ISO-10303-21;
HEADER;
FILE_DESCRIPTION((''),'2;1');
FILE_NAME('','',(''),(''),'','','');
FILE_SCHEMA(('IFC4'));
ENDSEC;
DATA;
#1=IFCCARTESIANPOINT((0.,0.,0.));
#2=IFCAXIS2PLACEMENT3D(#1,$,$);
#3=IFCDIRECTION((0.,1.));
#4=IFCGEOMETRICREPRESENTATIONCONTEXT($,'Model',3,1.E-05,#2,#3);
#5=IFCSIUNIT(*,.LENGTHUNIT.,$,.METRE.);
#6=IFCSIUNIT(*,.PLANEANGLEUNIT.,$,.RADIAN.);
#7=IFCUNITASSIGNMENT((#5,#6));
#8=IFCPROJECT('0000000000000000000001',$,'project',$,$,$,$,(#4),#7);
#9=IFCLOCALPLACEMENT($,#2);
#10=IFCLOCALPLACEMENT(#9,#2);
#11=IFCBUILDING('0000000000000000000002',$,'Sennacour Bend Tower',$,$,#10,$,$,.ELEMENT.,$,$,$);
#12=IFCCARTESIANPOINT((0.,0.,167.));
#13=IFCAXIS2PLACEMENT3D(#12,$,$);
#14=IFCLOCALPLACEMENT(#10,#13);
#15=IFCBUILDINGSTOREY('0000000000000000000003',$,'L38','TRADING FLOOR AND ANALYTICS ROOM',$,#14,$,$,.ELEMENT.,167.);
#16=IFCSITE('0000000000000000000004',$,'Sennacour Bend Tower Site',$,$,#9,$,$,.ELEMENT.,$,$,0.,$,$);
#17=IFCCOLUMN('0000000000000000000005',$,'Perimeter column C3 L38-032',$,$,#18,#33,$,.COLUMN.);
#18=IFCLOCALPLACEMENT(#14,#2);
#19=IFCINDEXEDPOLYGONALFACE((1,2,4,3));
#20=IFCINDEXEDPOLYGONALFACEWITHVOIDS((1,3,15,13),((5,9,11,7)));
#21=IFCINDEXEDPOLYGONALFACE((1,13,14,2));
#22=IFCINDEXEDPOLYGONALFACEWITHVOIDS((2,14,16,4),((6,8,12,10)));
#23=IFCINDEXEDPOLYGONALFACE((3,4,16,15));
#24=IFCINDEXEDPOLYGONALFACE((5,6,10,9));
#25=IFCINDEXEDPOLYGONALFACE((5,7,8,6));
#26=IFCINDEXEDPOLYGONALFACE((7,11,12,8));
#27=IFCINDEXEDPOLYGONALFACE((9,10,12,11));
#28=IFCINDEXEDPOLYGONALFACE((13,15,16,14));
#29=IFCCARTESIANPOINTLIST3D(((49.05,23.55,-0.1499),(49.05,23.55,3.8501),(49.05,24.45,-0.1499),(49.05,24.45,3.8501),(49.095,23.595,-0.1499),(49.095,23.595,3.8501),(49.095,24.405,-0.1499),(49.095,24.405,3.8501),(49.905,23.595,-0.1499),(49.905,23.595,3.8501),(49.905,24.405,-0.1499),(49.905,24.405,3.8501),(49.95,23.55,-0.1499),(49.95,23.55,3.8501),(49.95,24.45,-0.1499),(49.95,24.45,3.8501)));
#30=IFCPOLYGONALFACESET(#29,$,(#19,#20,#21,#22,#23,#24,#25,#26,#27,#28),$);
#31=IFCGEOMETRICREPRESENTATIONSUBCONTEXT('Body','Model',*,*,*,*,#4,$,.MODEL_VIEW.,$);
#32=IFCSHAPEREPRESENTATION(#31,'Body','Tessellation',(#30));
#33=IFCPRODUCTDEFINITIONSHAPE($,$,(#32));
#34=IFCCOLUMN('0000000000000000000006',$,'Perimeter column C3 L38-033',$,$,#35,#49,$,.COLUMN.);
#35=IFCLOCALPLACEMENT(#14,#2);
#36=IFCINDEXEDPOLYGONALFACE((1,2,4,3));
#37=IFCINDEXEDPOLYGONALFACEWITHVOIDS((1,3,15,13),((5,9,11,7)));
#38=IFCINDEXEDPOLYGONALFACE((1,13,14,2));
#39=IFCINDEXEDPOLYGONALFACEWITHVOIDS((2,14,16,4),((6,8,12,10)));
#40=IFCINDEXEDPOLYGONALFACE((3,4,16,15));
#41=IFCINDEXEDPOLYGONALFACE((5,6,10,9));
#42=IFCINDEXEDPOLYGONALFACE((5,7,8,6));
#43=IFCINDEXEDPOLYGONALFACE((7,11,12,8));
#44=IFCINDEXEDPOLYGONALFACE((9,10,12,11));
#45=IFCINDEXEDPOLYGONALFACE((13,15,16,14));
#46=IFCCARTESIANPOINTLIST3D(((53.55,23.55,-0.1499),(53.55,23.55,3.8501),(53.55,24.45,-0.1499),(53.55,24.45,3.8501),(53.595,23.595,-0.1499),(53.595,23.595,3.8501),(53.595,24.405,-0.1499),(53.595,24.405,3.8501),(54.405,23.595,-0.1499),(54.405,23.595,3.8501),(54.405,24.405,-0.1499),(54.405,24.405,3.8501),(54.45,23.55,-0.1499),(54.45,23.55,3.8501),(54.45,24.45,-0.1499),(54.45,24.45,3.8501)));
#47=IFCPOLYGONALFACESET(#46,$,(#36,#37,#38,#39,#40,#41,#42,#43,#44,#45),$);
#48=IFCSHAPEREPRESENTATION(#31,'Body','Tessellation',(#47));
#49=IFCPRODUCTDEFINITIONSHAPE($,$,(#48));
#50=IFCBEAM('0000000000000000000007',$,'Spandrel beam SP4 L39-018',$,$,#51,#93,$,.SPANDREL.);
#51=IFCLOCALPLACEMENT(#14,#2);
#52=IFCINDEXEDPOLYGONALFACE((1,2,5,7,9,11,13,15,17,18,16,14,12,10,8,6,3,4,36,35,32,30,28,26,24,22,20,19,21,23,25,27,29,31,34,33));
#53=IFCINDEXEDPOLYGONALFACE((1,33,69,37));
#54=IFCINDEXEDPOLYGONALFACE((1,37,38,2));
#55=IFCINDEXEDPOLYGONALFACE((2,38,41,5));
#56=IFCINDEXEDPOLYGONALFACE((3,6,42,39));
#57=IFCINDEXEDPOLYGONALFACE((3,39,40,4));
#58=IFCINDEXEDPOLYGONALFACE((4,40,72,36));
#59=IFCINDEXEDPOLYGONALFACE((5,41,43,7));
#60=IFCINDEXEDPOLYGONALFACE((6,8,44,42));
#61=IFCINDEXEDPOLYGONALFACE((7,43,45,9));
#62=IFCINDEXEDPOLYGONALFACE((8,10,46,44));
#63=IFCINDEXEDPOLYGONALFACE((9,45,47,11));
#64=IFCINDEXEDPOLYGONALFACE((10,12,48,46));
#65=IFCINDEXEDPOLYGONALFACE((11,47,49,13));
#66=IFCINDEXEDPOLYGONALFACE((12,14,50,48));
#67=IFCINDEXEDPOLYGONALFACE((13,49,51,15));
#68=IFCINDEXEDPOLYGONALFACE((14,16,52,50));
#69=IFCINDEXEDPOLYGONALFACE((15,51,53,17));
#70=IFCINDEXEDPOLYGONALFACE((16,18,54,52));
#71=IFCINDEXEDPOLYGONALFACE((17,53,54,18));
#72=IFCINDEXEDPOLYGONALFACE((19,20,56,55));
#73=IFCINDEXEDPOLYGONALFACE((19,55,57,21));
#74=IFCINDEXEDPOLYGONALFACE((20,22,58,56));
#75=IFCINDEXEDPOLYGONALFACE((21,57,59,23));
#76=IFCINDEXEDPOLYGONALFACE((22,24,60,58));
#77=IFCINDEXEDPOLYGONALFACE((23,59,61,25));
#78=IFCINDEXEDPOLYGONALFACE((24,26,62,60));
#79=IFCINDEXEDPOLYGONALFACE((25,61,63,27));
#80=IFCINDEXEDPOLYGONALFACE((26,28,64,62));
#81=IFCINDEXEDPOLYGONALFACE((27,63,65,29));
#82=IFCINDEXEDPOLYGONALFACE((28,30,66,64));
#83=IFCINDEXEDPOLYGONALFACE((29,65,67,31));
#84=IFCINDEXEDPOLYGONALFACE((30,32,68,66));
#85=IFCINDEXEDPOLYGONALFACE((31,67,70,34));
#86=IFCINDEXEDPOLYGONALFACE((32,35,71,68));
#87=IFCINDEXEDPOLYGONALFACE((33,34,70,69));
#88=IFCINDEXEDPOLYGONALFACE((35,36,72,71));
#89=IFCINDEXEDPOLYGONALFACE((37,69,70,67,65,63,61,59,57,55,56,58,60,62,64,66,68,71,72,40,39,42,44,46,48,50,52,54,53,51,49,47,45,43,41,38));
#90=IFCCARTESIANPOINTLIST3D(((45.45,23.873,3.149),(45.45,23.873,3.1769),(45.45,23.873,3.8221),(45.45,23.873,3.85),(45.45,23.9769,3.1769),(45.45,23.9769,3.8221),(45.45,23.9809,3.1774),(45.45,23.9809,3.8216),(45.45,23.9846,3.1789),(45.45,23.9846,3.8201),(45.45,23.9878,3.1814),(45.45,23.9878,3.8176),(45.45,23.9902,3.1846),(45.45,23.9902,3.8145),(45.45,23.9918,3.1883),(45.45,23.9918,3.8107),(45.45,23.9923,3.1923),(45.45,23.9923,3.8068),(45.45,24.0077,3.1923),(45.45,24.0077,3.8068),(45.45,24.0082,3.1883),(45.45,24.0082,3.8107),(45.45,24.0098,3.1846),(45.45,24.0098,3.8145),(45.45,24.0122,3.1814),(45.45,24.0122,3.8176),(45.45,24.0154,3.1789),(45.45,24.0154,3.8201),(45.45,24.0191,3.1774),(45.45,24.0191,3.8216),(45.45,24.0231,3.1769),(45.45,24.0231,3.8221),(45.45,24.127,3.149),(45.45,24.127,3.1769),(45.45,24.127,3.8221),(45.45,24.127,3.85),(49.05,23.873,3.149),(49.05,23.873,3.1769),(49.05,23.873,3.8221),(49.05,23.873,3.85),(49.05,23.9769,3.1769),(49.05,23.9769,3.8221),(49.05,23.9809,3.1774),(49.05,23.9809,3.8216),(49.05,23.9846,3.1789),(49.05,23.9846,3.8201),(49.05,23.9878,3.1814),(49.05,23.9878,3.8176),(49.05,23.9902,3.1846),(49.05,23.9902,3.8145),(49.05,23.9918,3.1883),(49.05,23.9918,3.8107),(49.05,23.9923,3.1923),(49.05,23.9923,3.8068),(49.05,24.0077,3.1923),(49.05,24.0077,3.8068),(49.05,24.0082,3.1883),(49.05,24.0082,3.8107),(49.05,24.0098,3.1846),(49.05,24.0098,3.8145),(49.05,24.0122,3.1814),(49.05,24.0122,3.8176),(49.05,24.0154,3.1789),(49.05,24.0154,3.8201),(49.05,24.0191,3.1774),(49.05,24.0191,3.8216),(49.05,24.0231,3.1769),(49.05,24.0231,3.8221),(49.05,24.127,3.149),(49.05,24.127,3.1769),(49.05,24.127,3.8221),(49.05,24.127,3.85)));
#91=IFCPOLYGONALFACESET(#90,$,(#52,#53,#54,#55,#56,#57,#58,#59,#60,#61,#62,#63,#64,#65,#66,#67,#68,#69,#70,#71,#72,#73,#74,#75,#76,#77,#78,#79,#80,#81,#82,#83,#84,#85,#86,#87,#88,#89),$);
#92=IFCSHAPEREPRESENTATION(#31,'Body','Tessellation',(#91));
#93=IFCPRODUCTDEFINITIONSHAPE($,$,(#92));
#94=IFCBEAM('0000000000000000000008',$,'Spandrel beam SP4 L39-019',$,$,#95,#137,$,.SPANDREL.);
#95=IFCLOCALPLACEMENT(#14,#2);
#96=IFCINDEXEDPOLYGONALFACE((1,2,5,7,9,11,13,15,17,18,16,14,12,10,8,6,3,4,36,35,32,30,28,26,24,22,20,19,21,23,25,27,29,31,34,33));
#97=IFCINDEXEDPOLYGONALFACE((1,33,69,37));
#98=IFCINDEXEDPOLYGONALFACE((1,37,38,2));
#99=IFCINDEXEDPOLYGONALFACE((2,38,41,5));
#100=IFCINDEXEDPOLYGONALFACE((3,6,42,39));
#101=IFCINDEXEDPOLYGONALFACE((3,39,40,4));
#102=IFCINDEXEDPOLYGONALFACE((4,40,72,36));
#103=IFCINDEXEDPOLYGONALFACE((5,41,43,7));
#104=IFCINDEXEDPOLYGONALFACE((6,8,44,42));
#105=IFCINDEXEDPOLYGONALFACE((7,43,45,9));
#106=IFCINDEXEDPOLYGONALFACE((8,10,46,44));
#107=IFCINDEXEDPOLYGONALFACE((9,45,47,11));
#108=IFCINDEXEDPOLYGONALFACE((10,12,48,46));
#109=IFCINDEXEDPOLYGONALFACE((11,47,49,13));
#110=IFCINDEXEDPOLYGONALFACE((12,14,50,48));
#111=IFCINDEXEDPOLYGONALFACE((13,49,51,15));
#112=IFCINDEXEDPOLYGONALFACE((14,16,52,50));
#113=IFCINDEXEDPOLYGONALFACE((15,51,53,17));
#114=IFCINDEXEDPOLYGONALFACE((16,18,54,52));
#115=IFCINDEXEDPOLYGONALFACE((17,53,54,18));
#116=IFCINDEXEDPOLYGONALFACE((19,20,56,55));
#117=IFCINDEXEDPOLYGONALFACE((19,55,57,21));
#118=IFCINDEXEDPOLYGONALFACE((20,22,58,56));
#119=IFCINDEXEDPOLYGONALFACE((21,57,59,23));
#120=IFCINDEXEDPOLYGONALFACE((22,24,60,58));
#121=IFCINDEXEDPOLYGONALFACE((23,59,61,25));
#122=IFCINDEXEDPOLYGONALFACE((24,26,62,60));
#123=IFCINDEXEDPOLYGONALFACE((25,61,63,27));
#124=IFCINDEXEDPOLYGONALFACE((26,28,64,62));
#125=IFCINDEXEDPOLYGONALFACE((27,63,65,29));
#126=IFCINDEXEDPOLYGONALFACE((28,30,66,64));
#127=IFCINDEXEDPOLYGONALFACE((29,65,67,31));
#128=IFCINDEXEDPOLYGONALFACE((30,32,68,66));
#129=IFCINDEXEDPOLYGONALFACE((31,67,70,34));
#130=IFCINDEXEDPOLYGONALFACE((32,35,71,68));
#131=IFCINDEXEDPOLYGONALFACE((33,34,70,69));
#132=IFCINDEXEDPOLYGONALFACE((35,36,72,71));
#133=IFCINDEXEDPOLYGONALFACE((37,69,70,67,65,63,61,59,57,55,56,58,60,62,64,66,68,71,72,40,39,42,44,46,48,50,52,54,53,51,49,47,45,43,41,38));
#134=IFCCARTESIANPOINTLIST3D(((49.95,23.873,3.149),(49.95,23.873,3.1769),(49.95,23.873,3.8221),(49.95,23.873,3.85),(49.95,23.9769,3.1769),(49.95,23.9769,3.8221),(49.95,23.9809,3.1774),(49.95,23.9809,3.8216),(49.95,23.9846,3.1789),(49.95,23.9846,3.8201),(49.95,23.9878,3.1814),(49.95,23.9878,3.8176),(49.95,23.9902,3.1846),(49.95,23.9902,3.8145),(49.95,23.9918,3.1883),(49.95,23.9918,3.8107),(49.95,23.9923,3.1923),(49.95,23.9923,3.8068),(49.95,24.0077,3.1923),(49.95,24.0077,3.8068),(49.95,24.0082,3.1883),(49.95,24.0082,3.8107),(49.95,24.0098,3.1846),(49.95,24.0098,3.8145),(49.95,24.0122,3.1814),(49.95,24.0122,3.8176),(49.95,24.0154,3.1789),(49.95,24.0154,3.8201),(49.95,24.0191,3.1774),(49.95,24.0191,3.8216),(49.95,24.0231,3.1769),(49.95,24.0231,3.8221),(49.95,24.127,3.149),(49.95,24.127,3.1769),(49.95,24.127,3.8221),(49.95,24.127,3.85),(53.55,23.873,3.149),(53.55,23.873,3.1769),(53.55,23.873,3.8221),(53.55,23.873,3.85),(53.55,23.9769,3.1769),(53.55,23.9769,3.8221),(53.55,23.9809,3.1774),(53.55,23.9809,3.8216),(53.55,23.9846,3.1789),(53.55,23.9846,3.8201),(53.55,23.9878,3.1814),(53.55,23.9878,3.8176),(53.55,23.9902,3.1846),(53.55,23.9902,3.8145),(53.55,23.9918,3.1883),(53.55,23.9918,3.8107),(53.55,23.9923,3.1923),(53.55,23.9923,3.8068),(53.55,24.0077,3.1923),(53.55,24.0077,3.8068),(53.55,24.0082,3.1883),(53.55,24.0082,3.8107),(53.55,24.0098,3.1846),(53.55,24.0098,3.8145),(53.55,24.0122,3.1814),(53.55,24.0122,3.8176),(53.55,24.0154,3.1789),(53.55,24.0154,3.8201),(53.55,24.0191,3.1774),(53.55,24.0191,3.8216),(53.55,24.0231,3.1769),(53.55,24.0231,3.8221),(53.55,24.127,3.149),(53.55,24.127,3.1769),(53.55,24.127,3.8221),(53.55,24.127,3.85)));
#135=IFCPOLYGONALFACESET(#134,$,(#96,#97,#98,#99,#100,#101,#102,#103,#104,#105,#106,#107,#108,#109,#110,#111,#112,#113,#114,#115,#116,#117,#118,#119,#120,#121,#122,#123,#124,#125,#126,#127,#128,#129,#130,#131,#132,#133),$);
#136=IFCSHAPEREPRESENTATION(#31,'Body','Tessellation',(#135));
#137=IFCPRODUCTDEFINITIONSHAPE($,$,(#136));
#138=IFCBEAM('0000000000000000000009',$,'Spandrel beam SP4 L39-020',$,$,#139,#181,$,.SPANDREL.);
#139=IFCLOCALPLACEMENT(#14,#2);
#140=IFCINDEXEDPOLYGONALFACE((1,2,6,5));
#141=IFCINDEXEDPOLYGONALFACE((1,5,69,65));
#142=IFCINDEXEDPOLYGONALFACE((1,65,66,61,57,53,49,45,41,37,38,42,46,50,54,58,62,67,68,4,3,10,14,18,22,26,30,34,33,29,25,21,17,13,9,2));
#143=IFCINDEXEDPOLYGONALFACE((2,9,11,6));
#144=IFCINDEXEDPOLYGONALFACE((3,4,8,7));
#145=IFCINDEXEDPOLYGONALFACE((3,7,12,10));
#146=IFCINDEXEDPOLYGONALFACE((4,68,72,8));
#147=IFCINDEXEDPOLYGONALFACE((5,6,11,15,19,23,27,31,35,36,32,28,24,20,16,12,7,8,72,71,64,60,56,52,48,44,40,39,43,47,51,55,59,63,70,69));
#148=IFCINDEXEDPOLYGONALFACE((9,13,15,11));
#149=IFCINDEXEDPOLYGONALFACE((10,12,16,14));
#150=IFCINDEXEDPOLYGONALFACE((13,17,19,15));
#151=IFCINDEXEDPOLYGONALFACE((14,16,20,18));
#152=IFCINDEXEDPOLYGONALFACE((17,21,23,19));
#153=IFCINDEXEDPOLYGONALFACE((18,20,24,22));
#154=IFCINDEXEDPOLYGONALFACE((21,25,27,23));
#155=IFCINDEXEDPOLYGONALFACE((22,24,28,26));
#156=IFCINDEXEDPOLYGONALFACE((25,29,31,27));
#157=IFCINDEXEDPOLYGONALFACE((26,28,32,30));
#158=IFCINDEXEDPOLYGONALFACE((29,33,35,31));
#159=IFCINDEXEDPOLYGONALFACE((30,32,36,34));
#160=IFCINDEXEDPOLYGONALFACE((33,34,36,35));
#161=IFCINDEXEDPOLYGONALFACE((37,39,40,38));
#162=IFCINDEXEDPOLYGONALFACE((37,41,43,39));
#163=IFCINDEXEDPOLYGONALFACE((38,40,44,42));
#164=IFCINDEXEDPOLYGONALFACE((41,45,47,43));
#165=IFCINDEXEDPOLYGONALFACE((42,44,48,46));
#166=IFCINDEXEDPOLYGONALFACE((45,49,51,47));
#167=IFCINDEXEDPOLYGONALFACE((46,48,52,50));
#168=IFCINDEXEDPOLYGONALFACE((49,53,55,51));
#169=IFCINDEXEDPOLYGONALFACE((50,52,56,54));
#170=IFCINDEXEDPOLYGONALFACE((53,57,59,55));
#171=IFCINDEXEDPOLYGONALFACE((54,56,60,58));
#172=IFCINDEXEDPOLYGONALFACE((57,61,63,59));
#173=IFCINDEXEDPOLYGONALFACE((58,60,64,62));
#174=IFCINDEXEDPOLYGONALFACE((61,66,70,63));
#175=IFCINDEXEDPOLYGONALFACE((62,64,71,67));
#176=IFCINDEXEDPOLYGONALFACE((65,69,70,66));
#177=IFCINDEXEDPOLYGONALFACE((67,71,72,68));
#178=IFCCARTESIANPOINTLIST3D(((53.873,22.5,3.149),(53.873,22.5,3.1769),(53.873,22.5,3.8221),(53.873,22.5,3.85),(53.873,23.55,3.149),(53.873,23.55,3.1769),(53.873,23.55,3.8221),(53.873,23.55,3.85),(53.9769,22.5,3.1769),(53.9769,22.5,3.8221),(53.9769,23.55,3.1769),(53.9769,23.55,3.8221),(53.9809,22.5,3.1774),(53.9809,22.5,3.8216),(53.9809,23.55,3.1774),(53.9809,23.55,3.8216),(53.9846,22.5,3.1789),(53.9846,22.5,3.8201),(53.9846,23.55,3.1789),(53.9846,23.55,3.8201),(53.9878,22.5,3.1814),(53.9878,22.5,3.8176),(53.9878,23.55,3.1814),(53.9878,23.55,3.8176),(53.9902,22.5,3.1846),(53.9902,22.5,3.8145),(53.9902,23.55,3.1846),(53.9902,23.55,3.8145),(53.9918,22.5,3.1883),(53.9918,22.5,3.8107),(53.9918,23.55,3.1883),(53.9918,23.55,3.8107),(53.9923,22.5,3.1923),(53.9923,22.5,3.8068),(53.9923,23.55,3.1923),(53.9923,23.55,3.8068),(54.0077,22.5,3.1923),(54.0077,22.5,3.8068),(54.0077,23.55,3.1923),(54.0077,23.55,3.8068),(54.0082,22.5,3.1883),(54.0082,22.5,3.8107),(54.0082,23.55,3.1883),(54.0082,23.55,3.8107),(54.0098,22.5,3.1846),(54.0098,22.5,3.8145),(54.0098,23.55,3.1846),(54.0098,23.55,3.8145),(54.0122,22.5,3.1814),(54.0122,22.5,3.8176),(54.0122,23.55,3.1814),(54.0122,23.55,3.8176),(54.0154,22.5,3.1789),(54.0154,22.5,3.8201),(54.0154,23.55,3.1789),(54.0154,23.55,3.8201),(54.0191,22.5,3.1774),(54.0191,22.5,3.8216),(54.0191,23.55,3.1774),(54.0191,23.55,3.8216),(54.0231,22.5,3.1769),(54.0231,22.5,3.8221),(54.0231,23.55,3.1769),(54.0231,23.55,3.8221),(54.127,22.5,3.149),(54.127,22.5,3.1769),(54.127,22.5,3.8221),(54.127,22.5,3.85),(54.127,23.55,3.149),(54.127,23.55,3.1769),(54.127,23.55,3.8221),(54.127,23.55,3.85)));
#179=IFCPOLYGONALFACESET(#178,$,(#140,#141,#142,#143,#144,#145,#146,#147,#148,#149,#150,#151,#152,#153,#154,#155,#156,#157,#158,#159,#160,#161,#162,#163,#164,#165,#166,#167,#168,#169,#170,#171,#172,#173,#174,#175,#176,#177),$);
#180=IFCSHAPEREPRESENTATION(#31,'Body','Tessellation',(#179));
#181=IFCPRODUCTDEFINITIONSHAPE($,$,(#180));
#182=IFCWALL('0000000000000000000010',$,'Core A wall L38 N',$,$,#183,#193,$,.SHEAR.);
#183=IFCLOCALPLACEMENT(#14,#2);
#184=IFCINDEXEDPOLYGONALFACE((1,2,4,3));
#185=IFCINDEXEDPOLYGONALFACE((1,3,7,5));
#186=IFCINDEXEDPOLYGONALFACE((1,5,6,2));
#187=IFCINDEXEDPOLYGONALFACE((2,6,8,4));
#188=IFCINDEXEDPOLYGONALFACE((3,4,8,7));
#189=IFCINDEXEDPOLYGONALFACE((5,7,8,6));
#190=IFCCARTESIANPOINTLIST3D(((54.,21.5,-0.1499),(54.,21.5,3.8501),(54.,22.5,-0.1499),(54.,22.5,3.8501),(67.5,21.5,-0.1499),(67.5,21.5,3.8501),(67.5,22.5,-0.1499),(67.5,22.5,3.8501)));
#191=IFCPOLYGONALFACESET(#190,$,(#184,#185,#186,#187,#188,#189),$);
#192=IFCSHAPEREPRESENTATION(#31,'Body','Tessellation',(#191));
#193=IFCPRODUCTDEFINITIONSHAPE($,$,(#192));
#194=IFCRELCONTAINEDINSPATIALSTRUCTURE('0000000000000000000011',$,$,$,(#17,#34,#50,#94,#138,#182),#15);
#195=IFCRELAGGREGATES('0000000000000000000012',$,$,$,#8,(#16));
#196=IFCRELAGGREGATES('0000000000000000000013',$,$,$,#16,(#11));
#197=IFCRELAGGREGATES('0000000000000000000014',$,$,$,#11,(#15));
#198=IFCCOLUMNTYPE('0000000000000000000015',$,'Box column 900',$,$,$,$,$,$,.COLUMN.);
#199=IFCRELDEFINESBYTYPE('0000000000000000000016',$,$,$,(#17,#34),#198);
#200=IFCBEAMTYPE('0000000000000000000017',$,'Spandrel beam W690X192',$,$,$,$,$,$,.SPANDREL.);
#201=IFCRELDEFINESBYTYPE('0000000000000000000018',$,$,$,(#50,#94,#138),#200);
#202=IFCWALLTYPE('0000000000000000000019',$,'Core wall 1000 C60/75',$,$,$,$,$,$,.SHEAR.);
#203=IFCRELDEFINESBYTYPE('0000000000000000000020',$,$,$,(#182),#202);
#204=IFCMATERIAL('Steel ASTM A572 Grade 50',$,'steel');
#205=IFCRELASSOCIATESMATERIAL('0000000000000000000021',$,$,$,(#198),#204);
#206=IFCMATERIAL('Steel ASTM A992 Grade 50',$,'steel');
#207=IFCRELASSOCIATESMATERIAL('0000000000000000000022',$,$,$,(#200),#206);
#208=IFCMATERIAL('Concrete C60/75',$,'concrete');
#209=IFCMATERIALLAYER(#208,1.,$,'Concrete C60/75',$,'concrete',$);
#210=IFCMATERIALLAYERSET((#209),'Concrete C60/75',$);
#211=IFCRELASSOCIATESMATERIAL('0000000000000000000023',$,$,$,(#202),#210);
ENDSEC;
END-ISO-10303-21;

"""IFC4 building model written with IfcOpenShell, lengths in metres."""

from ifc_helpers import new_model, si_unit, direction, frame, frame_2d, origin, origin_2d, place, context, subcontext, project, spatial, rectangle, hollow_rectangle, i_section, extrude, material, layer, layer_set, material_profile, profile_set, type_object, element, save


model = new_model("IFC4")

# Units and contexts
model_context = context("Model", 3, precision=1e-05, world=origin(), true_north=direction((0.0, 1.0)))
body_context = subcontext(model_context, "Body", "Model", "MODEL_VIEW")
ifc_project = project(units=[si_unit("LENGTHUNIT", "METRE"), si_unit("PLANEANGLEUNIT", "RADIAN")], contexts=[model_context])

# Site, building, storey
site_placement = place(None, origin())
site = spatial("IfcSite", under=ifc_project, at=site_placement, Name="Sennacour Bend Tower Site", CompositionType="ELEMENT", RefElevation=0.0)
building_placement = place(site_placement, origin())
building = spatial("IfcBuilding", under=site, at=building_placement, Name="Sennacour Bend Tower", CompositionType="ELEMENT")
storey_placement = place(building_placement, frame((0.0, 0.0, 167.0)))
storey = spatial("IfcBuildingStorey", under=building, at=storey_placement, Name="L38", Description="TRADING FLOOR AND ANALYTICS ROOM", CompositionType="ELEMENT", Elevation=167.0)

# Columns
ifc_material_1 = material(Name="Steel ASTM A572 Grade 50", Category="steel")
ifc_material_profile_1 = material_profile(ifc_material_1, hollow_rectangle(XDim=0.8999, YDim=0.8999, WallThickness=0.0449, at=origin_2d()), Name="Steel ASTM A572 Grade 50", Category="steel")
ifc_profile_set_1 = profile_set([ifc_material_profile_1], Name="Steel ASTM A572 Grade 50")
column_type = type_object("IfcColumnType", Name="Box column 900", PredefinedType="COLUMN", material=ifc_profile_set_1)
for number, where, z_axis, x_axis, name in (
    (1, (49.5, 24.0, -0.1499), (0.0, 0.0, 1.0), (1.0, 0.0, 0.0), "Perimeter column C3 L38-032"),
    (2, (54.0, 24.0, -0.1499), (0.0, 0.0, 1.0), (1.0, 0.0, 0.0), "Perimeter column C3 L38-033"),
):
    element("IfcColumn", number, at=place(storey_placement, frame(where, z_axis=z_axis, x_axis=x_axis)), inside=storey, type_object=column_type, Name=name, PredefinedType="COLUMN", context=body_context, shape_type="SweptSolid", body=[
        extrude(hollow_rectangle(XDim=0.8999, YDim=0.8999, WallThickness=0.0449, at=origin_2d()), origin(), (0.0, 0.0, 1.0), 4.0),
    ])

# Beams
ifc_material_2 = material(Name="Steel ASTM A992 Grade 50", Category="steel")
ifc_material_profile_2 = material_profile(ifc_material_2, i_section(OverallWidth=0.2539, OverallDepth=0.7009, WebThickness=0.0154, FlangeThickness=0.0278, FilletRadius=0.0154, at=origin_2d()), Name="Steel ASTM A992 Grade 50", Category="steel")
ifc_profile_set_2 = profile_set([ifc_material_profile_2], Name="Steel ASTM A992 Grade 50")
beam_type = type_object("IfcBeamType", Name="Spandrel beam W690X192", PredefinedType="SPANDREL", material=ifc_profile_set_2)
for number, where, z_axis, x_axis, name in (
    (3, (45.45, 24.0, 3.4995), (1.0, 0.0, 0.0), (0.0, 1.0, 0.0), "Spandrel beam SP4 L39-018"),
    (4, (49.95, 24.0, 3.4995), (1.0, 0.0, 0.0), (0.0, 1.0, 0.0), "Spandrel beam SP4 L39-019"),
):
    element("IfcBeam", number, at=place(storey_placement, frame(where, z_axis=z_axis, x_axis=x_axis)), inside=storey, type_object=beam_type, Name=name, PredefinedType="SPANDREL", context=body_context, shape_type="SweptSolid", body=[
        extrude(i_section(OverallWidth=0.2539, OverallDepth=0.7009, WebThickness=0.0154, FlangeThickness=0.0278, FilletRadius=0.0154, at=origin_2d()), origin(), (0.0, 0.0, 1.0), 3.6001),
    ])
beam_placement = place(storey_placement, frame((54.0, 23.55, 3.4995), z_axis=(0.0, -1.0, 0.0), x_axis=(1.0, 0.0, 0.0)))
element("IfcBeam", 5, at=beam_placement, inside=storey, type_object=beam_type, Name="Spandrel beam SP4 L39-020", PredefinedType="SPANDREL", context=body_context, shape_type="SweptSolid", body=[
    extrude(i_section(OverallWidth=0.2539, OverallDepth=0.7009, WebThickness=0.0154, FlangeThickness=0.0278, FilletRadius=0.0154, at=origin_2d()), origin(), (0.0, 0.0, 1.0), 1.05),
])

# Wall
ifc_material_3 = material(Name="Concrete C60/75", Category="concrete")
ifc_layer_1 = layer(ifc_material_3, 1.0, Name="Concrete C60/75", Category="concrete")
ifc_layer_set_1 = layer_set([ifc_layer_1], Name="Concrete C60/75")
wall_type_1 = type_object("IfcWallType", Name="Core wall 1000 C60/75", PredefinedType="SHEAR", material=ifc_layer_set_1)
wall_1_placement = place(storey_placement, frame((54.0, 22.0, -0.1499), z_axis=(0.0, 0.0, 1.0), x_axis=(1.0, 0.0, 0.0)))
element("IfcWall", 6, at=wall_1_placement, inside=storey, type_object=wall_type_1, Name="Core A wall L38 N", PredefinedType="SHEAR", context=body_context, shape_type="SweptSolid", body=[
    extrude(rectangle(XDim=13.5, YDim=1.0, at=frame_2d((6.75, 0.0))), origin(), (0.0, 0.0, 1.0), 4.0),
])

save(model, "model.ifc")
